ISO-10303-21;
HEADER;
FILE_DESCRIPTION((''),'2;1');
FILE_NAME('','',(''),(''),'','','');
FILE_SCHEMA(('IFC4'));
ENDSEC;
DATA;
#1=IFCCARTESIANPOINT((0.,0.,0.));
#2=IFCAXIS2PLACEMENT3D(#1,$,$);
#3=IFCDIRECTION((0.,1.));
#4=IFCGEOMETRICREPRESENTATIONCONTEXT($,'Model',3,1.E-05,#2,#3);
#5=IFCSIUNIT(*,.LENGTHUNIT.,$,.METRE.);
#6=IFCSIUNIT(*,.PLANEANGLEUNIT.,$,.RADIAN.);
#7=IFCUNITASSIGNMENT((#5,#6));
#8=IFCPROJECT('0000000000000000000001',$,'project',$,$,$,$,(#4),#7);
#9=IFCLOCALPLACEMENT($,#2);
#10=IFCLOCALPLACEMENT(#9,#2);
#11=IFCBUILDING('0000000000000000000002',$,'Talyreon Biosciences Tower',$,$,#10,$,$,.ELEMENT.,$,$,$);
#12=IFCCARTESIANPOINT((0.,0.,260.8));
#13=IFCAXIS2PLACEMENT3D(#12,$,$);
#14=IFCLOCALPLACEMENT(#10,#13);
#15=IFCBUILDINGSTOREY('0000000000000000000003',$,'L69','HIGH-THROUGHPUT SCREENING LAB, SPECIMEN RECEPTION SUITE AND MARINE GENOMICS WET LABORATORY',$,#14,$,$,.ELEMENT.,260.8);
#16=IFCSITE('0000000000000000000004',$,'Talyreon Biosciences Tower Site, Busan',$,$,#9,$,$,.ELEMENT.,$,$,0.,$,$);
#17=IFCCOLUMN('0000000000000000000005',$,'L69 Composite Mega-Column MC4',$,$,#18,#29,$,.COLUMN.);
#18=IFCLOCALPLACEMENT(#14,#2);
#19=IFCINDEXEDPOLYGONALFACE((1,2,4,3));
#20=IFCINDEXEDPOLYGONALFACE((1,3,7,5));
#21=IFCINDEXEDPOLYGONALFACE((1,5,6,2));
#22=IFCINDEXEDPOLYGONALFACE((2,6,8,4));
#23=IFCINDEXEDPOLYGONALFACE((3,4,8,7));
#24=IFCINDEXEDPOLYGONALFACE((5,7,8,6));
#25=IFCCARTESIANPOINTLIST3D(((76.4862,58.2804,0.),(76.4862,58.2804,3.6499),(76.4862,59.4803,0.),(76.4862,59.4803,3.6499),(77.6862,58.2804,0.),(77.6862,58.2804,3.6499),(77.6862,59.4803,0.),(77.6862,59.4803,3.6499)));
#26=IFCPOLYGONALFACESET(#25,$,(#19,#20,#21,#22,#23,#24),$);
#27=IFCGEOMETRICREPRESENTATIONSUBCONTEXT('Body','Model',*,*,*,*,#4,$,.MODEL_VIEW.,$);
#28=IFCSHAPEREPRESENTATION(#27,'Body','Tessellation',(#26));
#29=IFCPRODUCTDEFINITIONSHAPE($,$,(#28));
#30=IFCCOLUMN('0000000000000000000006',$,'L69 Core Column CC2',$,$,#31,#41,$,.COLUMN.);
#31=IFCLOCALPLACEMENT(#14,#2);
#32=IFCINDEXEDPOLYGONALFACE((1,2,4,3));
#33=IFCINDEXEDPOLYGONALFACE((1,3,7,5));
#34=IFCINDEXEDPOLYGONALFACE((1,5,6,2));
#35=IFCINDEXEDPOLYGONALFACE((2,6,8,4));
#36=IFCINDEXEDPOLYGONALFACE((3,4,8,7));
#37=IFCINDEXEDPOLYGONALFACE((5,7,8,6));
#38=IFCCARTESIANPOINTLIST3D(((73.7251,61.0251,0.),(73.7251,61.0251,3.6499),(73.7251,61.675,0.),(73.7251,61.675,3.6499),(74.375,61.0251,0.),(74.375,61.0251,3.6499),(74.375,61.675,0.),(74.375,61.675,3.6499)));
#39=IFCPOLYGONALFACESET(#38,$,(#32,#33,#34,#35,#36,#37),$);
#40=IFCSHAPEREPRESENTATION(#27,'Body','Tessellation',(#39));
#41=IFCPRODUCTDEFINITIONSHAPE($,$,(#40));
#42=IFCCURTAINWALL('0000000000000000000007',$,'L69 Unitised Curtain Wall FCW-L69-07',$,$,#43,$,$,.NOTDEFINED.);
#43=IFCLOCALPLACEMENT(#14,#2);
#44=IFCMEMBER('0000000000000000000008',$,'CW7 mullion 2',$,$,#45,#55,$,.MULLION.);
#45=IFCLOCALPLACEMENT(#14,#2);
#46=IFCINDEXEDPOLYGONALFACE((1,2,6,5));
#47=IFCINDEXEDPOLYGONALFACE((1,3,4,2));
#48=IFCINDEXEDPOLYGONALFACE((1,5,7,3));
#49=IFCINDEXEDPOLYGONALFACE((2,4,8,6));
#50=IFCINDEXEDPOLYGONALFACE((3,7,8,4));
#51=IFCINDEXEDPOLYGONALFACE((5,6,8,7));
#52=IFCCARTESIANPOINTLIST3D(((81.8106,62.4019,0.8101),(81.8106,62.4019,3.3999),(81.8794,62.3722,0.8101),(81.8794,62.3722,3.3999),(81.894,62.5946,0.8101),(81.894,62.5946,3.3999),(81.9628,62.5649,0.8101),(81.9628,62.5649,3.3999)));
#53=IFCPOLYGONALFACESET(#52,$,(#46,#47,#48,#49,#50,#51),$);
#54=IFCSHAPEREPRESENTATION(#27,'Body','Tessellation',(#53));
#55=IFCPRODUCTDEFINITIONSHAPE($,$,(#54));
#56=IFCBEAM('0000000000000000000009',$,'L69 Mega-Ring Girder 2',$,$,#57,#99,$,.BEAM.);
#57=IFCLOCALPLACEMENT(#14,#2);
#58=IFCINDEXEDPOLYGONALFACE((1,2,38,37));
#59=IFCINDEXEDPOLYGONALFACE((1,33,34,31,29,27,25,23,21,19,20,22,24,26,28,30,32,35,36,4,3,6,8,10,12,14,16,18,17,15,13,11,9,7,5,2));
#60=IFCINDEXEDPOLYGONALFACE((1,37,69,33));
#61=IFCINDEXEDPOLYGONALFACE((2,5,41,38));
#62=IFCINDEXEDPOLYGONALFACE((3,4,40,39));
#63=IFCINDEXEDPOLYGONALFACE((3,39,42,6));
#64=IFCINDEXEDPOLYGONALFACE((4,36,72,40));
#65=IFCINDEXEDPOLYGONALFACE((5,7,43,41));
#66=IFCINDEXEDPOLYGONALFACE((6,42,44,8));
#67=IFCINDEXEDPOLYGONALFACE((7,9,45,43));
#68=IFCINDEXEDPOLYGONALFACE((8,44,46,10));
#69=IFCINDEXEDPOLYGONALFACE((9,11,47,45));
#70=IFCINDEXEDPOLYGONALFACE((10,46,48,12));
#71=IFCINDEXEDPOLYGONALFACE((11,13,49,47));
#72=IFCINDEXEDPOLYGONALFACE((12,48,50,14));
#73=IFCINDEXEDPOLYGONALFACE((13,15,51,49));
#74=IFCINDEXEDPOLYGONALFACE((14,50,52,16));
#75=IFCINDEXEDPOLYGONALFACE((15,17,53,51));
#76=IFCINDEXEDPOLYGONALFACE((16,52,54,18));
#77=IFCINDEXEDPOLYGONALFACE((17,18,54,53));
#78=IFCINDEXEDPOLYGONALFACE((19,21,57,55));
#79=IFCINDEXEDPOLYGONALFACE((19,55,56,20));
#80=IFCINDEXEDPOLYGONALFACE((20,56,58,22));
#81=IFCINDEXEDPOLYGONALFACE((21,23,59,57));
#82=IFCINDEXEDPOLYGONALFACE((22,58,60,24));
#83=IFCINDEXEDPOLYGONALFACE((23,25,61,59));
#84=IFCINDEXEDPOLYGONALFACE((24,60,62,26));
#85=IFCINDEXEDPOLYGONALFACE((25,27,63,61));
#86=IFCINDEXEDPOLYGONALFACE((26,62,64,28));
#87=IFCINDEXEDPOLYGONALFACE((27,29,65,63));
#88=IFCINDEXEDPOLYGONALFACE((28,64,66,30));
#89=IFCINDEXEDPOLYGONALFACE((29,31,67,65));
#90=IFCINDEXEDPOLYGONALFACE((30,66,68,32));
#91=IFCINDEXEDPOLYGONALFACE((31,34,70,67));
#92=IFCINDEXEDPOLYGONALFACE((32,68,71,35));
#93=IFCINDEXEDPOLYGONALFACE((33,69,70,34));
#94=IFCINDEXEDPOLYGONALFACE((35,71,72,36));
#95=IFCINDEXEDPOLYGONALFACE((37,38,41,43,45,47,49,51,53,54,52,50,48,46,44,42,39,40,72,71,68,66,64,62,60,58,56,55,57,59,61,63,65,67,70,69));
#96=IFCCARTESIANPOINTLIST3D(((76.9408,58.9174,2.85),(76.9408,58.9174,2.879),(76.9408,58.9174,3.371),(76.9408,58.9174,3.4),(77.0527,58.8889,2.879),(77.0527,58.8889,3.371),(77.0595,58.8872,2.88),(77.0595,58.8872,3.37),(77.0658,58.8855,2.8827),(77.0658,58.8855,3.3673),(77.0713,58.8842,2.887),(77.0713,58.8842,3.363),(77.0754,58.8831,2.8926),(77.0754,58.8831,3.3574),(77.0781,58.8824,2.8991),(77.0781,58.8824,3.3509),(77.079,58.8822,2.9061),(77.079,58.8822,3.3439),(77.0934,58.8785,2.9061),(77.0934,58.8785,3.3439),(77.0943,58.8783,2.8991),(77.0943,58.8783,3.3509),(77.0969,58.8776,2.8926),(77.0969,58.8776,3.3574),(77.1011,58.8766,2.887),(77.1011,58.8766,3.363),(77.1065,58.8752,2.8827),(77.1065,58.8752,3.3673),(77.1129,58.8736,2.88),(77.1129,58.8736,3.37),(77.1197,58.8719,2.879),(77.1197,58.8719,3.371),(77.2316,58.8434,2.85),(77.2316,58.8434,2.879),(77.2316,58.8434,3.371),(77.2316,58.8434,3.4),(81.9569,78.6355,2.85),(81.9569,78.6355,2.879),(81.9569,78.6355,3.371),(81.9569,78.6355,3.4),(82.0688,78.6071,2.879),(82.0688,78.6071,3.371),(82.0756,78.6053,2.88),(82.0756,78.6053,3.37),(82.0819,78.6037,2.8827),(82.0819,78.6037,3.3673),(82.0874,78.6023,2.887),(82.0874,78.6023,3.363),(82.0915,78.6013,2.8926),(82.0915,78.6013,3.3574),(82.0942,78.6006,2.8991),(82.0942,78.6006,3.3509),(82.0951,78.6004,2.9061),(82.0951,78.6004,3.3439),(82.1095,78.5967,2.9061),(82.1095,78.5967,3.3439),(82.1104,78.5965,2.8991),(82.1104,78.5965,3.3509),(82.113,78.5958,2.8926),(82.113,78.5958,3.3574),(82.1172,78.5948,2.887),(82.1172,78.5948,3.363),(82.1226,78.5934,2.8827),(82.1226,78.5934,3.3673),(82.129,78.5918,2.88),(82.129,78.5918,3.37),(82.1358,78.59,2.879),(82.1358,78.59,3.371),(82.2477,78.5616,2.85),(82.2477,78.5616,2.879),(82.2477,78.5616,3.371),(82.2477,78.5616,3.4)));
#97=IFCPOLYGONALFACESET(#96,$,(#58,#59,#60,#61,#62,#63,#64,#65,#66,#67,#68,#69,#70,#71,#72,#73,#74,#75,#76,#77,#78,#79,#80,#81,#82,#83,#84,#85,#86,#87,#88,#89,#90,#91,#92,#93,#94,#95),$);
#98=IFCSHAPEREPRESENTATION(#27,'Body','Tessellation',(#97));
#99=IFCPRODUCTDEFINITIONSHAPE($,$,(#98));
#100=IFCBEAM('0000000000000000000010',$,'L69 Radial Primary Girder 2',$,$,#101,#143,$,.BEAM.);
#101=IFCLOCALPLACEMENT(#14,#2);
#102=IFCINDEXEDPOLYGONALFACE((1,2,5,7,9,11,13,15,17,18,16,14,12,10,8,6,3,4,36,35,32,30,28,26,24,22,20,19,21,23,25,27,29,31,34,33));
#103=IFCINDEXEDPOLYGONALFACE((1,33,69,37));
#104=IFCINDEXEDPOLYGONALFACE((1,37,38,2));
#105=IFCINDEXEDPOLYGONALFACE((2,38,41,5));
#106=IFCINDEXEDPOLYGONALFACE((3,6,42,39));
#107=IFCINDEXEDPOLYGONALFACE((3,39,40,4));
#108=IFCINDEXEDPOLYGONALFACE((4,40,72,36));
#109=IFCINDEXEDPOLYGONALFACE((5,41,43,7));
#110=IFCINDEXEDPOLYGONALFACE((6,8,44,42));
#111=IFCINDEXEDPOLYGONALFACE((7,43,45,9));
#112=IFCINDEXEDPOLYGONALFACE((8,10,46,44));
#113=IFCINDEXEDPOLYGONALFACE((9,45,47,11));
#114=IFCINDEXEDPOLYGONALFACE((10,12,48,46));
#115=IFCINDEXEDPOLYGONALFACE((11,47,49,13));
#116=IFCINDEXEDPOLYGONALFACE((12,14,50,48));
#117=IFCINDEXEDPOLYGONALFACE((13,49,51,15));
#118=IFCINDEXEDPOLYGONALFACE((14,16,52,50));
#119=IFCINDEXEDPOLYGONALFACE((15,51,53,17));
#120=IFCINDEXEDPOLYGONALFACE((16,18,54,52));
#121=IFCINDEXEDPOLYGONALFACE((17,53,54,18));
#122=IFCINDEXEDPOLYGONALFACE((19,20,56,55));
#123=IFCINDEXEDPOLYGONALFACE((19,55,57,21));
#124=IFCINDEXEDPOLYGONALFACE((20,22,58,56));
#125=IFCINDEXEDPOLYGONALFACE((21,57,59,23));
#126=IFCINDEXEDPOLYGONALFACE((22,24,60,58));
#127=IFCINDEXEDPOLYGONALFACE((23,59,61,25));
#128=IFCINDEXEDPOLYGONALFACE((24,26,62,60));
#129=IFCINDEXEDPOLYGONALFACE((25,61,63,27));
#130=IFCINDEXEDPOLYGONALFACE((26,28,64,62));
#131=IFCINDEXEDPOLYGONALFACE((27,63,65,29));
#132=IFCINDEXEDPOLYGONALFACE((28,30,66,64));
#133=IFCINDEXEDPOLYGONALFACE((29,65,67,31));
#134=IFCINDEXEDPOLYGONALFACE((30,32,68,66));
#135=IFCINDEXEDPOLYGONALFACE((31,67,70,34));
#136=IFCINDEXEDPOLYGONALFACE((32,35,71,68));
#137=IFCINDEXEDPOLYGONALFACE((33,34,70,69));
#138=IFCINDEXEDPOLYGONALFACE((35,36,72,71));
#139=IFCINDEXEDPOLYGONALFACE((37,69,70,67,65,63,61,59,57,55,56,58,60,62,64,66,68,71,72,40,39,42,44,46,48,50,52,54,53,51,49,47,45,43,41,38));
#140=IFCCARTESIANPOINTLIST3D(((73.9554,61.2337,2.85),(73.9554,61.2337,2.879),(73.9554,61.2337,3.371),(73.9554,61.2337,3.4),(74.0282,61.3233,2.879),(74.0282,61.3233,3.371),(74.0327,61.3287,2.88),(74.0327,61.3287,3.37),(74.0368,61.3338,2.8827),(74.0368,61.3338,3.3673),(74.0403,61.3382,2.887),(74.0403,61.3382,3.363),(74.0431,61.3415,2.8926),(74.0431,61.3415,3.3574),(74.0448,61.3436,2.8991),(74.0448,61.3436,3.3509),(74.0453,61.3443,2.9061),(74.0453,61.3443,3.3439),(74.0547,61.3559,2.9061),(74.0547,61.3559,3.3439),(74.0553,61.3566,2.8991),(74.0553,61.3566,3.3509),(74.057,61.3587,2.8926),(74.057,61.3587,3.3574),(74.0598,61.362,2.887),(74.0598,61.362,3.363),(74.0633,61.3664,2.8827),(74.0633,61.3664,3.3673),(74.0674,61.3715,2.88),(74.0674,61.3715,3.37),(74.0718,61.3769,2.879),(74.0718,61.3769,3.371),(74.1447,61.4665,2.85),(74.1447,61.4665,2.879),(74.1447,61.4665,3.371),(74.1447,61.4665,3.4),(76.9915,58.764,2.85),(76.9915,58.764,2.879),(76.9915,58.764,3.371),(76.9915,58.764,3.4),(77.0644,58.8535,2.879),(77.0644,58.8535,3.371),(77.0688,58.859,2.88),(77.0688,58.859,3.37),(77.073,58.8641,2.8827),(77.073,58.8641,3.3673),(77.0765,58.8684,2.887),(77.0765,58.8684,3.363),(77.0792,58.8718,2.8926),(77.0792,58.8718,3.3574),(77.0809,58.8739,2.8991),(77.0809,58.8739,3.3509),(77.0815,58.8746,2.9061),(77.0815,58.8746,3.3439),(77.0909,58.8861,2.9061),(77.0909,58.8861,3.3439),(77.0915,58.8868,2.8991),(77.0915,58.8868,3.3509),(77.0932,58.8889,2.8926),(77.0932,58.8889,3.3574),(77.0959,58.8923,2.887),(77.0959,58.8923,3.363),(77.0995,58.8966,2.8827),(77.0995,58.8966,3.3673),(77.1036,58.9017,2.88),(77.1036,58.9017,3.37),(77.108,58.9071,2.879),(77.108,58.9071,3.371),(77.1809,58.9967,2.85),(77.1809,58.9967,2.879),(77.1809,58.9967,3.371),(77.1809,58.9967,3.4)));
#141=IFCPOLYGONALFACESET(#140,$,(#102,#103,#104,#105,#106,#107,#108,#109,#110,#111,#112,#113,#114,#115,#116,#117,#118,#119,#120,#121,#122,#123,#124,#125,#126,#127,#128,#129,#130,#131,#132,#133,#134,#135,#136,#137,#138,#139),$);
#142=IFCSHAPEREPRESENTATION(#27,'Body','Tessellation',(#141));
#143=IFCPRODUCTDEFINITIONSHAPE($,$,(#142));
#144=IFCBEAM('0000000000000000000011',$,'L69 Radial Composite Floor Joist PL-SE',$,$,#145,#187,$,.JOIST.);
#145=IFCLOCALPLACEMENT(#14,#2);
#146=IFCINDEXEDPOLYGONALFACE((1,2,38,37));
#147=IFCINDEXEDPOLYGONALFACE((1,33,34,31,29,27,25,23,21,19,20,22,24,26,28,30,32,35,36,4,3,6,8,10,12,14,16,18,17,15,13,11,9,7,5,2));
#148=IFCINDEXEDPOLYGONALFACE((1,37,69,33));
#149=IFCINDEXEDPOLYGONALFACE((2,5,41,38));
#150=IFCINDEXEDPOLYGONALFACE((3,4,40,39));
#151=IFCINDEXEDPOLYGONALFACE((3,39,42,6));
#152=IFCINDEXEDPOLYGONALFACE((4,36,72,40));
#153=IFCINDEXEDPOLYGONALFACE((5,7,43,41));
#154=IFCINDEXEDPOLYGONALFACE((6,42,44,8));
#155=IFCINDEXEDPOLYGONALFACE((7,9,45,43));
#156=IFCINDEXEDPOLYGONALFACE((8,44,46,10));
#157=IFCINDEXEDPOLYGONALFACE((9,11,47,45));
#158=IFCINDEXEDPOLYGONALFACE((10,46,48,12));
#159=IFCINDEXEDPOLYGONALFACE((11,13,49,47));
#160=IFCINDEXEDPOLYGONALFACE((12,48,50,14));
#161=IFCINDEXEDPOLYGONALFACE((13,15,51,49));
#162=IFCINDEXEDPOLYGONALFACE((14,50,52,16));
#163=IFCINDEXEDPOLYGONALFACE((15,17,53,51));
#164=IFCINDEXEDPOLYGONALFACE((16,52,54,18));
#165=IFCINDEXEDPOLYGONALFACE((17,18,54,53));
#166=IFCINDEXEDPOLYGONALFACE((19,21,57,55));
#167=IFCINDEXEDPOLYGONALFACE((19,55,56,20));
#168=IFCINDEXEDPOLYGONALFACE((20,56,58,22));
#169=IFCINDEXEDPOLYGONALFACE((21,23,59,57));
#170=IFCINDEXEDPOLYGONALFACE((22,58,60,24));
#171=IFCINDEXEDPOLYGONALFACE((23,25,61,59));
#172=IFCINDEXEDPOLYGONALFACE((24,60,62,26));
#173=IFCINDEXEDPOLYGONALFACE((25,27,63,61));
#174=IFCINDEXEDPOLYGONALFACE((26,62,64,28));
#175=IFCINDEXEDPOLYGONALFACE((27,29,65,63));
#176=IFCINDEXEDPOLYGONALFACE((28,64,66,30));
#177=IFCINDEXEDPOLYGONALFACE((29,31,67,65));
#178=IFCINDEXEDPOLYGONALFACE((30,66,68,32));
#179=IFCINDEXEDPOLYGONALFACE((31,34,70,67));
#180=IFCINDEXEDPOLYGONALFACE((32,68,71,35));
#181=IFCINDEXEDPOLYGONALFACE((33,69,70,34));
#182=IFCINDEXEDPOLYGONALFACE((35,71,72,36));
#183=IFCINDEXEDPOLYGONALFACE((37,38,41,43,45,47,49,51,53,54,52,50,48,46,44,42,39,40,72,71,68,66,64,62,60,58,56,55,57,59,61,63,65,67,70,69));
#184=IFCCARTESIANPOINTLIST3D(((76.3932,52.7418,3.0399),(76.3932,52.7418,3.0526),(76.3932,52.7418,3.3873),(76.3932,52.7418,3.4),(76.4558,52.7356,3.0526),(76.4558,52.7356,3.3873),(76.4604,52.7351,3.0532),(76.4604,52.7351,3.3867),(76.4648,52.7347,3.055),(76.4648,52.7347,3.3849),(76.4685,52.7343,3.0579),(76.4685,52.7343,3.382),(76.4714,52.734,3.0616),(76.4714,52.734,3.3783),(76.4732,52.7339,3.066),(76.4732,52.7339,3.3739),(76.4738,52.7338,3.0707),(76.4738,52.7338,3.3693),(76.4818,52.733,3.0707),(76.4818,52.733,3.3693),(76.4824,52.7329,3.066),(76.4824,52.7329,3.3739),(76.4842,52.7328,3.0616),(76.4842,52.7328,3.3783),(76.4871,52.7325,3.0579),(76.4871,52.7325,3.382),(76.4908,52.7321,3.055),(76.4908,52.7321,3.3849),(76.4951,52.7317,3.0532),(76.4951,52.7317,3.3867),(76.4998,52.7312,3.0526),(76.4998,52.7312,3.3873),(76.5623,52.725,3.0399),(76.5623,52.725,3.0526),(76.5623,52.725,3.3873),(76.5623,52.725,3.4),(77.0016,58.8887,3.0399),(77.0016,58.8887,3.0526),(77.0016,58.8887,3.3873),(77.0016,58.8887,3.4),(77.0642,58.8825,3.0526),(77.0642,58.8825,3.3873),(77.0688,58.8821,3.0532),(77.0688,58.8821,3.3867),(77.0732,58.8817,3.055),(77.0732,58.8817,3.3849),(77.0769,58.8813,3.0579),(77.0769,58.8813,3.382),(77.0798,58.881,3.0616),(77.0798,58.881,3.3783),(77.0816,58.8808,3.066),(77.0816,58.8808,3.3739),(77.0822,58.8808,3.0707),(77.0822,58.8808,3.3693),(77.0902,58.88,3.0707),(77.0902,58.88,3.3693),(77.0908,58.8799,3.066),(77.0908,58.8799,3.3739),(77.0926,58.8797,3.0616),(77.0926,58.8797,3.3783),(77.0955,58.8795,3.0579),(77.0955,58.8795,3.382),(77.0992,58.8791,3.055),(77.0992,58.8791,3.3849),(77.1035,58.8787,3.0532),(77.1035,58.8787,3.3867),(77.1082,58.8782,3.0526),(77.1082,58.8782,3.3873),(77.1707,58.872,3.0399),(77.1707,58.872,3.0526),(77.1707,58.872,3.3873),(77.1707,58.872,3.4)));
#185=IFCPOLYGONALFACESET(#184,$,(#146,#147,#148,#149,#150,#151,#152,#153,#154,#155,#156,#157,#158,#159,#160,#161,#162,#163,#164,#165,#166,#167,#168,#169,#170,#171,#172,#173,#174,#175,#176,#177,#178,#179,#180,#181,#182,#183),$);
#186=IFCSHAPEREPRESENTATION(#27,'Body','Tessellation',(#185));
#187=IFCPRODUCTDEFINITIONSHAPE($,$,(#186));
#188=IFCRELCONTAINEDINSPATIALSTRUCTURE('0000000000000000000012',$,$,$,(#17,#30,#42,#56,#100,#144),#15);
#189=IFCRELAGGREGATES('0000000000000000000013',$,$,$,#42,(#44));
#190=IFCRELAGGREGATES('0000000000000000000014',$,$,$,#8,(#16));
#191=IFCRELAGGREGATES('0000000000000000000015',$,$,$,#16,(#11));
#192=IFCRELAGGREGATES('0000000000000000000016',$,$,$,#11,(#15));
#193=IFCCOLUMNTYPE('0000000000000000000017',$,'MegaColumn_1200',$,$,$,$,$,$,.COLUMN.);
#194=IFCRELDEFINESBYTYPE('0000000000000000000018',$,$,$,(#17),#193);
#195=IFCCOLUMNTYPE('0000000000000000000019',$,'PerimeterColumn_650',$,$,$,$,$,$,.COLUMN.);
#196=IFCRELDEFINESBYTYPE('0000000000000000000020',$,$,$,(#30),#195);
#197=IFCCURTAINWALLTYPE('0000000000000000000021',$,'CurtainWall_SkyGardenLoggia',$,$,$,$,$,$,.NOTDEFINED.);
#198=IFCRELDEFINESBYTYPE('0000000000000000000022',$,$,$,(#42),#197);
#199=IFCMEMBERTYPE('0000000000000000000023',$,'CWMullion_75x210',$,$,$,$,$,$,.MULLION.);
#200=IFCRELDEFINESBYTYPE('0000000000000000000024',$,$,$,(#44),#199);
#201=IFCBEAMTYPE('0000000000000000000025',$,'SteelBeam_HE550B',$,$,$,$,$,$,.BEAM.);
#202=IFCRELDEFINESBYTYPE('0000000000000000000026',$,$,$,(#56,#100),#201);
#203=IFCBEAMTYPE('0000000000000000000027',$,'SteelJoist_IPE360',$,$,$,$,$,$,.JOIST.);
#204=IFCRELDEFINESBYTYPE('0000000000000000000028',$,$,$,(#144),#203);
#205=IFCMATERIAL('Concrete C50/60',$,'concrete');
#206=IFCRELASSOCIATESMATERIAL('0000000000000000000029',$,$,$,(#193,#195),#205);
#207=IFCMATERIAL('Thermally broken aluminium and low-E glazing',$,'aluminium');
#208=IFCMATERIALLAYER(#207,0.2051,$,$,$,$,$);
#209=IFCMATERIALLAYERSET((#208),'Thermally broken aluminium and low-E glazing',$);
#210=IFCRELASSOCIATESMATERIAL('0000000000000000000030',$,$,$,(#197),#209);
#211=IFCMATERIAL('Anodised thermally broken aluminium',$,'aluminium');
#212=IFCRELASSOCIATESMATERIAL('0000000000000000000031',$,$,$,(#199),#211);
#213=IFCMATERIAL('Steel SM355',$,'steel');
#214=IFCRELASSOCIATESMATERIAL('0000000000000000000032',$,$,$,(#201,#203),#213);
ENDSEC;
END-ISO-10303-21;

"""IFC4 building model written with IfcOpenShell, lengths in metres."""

from ifc_helpers import new_model, si_unit, direction, frame, origin, origin_2d, place, context, subcontext, project, spatial, rectangle, i_section, extrude, material, layer, layer_set, material_profile, profile_set, type_object, element, aggregate, save


model = new_model("IFC4")

# Units and contexts
model_context = context("Model", 3, precision=1e-05, world=origin(), true_north=direction((0.0, 1.0)))
body_context = subcontext(model_context, "Body", "Model", "MODEL_VIEW")
ifc_project = project(units=[si_unit("LENGTHUNIT", "METRE"), si_unit("PLANEANGLEUNIT", "RADIAN")], contexts=[model_context])

# Site, building, storey
site_placement = place(None, origin())
site = spatial("IfcSite", under=ifc_project, at=site_placement, Name="Talyreon Biosciences Tower Site, Busan", CompositionType="ELEMENT", RefElevation=0.0)
building_placement = place(site_placement, origin())
building = spatial("IfcBuilding", under=site, at=building_placement, Name="Talyreon Biosciences Tower", CompositionType="ELEMENT")
storey_placement = place(building_placement, frame((0.0, 0.0, 260.8)))
storey = spatial("IfcBuildingStorey", under=building, at=storey_placement, Name="L69", Description="HIGH-THROUGHPUT SCREENING LAB, SPECIMEN RECEPTION SUITE AND MARINE GENOMICS WET LABORATORY", CompositionType="ELEMENT", Elevation=260.8)

# Columns
ifc_material_1 = material(Name="Concrete C50/60", Category="concrete")
ifc_material_profile_1 = material_profile(ifc_material_1, rectangle(XDim=1.2, YDim=1.2, at=origin_2d()), Name="RC 1200x1200")
ifc_profile_set_1 = profile_set([ifc_material_profile_1], Name="Concrete C50/60")
column_type_1 = type_object("IfcColumnType", Name="MegaColumn_1200", PredefinedType="COLUMN", material=ifc_profile_set_1)
column_1_placement = place(storey_placement, frame((77.0862, 58.8804, 0.0), z_axis=(0.0, 0.0, 1.0), x_axis=(1.0, 0.0, 0.0)))
element("IfcColumn", 1, at=column_1_placement, inside=storey, type_object=column_type_1, Name="L69 Composite Mega-Column MC4", PredefinedType="COLUMN", context=body_context, shape_type="SweptSolid", body=[
    extrude(rectangle(XDim=1.2, YDim=1.2, at=origin_2d()), origin(), (0.0, 0.0, 1.0), 3.6499),
])
ifc_material_profile_2 = material_profile(ifc_material_1, rectangle(XDim=0.6499, YDim=0.6499, at=origin_2d()), Name="RC 650x650")
ifc_profile_set_2 = profile_set([ifc_material_profile_2], Name="Concrete C50/60")
column_type_2 = type_object("IfcColumnType", Name="PerimeterColumn_650", PredefinedType="COLUMN", material=ifc_profile_set_2)
column_2_placement = place(storey_placement, frame((74.05, 61.3501, 0.0), z_axis=(0.0, 0.0, 1.0), x_axis=(1.0, 0.0, 0.0)))
element("IfcColumn", 2, at=column_2_placement, inside=storey, type_object=column_type_2, Name="L69 Core Column CC2", PredefinedType="COLUMN", context=body_context, shape_type="SweptSolid", body=[
    extrude(rectangle(XDim=0.6499, YDim=0.6499, at=origin_2d()), origin(), (0.0, 0.0, 1.0), 3.6499),
])

# Curtain wall, member
ifc_material_2 = material(Name="Thermally broken aluminium and low-E glazing", Category="aluminium")
ifc_layer_1 = layer(ifc_material_2, 0.2051)
ifc_layer_set_1 = layer_set([ifc_layer_1], Name="Thermally broken aluminium and low-E glazing")
curtain_wall_type = type_object("IfcCurtainWallType", Name="CurtainWall_SkyGardenLoggia", PredefinedType="NOTDEFINED", material=ifc_layer_set_1)
curtain_wall_placement = place(storey_placement, origin())
curtain_wall = element("IfcCurtainWall", 3, at=curtain_wall_placement, inside=storey, type_object=curtain_wall_type, Name="L69 Unitised Curtain Wall FCW-L69-07", PredefinedType="NOTDEFINED")
ifc_material_3 = material(Name="Anodised thermally broken aluminium", Category="aluminium")
ifc_material_profile_3 = material_profile(ifc_material_3, rectangle(XDim=0.075, YDim=0.21, at=origin_2d()), Name="ALUM MULLION 75x210")
ifc_profile_set_3 = profile_set([ifc_material_profile_3], Name="Anodised thermally broken aluminium")
member_type = type_object("IfcMemberType", Name="CWMullion_75x210", PredefinedType="MULLION", material=ifc_profile_set_3)
member_placement = place(storey_placement, frame((81.8867, 62.4834, 0.8101), z_axis=(0.0, 0.0, 1.0), x_axis=(0.917724, -0.397219, 0.0)))
member = element("IfcMember", 4, at=member_placement, type_object=member_type, Name="CW7 mullion 2", PredefinedType="MULLION", context=body_context, shape_type="SweptSolid", body=[
    extrude(rectangle(XDim=0.075, YDim=0.21, at=origin_2d()), origin(), (0.0, 0.0, 1.0), 2.5898),
])
aggregate(curtain_wall, [member])

# Beams
ifc_material_4 = material(Name="Steel SM355", Category="steel")
ifc_material_profile_4 = material_profile(ifc_material_4, i_section(OverallWidth=0.3, OverallDepth=0.55, WebThickness=0.0149, FlangeThickness=0.0291, FilletRadius=0.0271, at=origin_2d()), Name="HE550B")
ifc_profile_set_4 = profile_set([ifc_material_profile_4], Name="Steel SM355")
beam_type_1 = type_object("IfcBeamType", Name="SteelBeam_HE550B", PredefinedType="BEAM", material=ifc_profile_set_4)
beam_1_placement = place(storey_placement, frame((77.0862, 58.8804, 3.125), z_axis=(0.246537, 0.969133, 0.0), x_axis=(-0.969133, 0.246537, 0.0)))
element("IfcBeam", 5, at=beam_1_placement, inside=storey, type_object=beam_type_1, Name="L69 Mega-Ring Girder 2", PredefinedType="BEAM", context=body_context, shape_type="SweptSolid", body=[
    extrude(i_section(OverallWidth=0.3, OverallDepth=0.55, WebThickness=0.0149, FlangeThickness=0.0291, FilletRadius=0.0271, at=origin_2d()), origin(), (0.0, 0.0, 1.0), 20.3462),
])
beam_2_placement = place(storey_placement, frame((74.05, 61.3501, 3.125), z_axis=(0.775755, -0.631034, 0.0), x_axis=(0.631034, 0.775755, 0.0)))
element("IfcBeam", 6, at=beam_2_placement, inside=storey, type_object=beam_type_1, Name="L69 Radial Primary Girder 2", PredefinedType="BEAM", context=body_context, shape_type="SweptSolid", body=[
    extrude(i_section(OverallWidth=0.3, OverallDepth=0.55, WebThickness=0.0149, FlangeThickness=0.0291, FilletRadius=0.0271, at=origin_2d()), origin(), (0.0, 0.0, 1.0), 3.9138),
])
ifc_material_profile_5 = material_profile(ifc_material_4, i_section(OverallWidth=0.1699, OverallDepth=0.3601, WebThickness=0.0081, FlangeThickness=0.0127, FilletRadius=0.0181, at=origin_2d()), Name="IPE360")
ifc_profile_set_5 = profile_set([ifc_material_profile_5], Name="Steel SM355")
beam_type_2 = type_object("IfcBeamType", Name="SteelJoist_IPE360", PredefinedType="JOIST", material=ifc_profile_set_5)
beam_3_placement = place(storey_placement, frame((77.0862, 58.8804, 3.22), z_axis=(-0.098494, -0.995138, 0.0), x_axis=(0.995138, -0.098494, 0.0)))
element("IfcBeam", 7, at=beam_3_placement, inside=storey, type_object=beam_type_2, Name="L69 Radial Composite Floor Joist PL-SE", PredefinedType="JOIST", context=body_context, shape_type="SweptSolid", body=[
    extrude(i_section(OverallWidth=0.1699, OverallDepth=0.3601, WebThickness=0.0081, FlangeThickness=0.0127, FilletRadius=0.0181, at=origin_2d()), origin(), (0.0, 0.0, 1.0), 6.177),
])

save(model, "model.ifc")
